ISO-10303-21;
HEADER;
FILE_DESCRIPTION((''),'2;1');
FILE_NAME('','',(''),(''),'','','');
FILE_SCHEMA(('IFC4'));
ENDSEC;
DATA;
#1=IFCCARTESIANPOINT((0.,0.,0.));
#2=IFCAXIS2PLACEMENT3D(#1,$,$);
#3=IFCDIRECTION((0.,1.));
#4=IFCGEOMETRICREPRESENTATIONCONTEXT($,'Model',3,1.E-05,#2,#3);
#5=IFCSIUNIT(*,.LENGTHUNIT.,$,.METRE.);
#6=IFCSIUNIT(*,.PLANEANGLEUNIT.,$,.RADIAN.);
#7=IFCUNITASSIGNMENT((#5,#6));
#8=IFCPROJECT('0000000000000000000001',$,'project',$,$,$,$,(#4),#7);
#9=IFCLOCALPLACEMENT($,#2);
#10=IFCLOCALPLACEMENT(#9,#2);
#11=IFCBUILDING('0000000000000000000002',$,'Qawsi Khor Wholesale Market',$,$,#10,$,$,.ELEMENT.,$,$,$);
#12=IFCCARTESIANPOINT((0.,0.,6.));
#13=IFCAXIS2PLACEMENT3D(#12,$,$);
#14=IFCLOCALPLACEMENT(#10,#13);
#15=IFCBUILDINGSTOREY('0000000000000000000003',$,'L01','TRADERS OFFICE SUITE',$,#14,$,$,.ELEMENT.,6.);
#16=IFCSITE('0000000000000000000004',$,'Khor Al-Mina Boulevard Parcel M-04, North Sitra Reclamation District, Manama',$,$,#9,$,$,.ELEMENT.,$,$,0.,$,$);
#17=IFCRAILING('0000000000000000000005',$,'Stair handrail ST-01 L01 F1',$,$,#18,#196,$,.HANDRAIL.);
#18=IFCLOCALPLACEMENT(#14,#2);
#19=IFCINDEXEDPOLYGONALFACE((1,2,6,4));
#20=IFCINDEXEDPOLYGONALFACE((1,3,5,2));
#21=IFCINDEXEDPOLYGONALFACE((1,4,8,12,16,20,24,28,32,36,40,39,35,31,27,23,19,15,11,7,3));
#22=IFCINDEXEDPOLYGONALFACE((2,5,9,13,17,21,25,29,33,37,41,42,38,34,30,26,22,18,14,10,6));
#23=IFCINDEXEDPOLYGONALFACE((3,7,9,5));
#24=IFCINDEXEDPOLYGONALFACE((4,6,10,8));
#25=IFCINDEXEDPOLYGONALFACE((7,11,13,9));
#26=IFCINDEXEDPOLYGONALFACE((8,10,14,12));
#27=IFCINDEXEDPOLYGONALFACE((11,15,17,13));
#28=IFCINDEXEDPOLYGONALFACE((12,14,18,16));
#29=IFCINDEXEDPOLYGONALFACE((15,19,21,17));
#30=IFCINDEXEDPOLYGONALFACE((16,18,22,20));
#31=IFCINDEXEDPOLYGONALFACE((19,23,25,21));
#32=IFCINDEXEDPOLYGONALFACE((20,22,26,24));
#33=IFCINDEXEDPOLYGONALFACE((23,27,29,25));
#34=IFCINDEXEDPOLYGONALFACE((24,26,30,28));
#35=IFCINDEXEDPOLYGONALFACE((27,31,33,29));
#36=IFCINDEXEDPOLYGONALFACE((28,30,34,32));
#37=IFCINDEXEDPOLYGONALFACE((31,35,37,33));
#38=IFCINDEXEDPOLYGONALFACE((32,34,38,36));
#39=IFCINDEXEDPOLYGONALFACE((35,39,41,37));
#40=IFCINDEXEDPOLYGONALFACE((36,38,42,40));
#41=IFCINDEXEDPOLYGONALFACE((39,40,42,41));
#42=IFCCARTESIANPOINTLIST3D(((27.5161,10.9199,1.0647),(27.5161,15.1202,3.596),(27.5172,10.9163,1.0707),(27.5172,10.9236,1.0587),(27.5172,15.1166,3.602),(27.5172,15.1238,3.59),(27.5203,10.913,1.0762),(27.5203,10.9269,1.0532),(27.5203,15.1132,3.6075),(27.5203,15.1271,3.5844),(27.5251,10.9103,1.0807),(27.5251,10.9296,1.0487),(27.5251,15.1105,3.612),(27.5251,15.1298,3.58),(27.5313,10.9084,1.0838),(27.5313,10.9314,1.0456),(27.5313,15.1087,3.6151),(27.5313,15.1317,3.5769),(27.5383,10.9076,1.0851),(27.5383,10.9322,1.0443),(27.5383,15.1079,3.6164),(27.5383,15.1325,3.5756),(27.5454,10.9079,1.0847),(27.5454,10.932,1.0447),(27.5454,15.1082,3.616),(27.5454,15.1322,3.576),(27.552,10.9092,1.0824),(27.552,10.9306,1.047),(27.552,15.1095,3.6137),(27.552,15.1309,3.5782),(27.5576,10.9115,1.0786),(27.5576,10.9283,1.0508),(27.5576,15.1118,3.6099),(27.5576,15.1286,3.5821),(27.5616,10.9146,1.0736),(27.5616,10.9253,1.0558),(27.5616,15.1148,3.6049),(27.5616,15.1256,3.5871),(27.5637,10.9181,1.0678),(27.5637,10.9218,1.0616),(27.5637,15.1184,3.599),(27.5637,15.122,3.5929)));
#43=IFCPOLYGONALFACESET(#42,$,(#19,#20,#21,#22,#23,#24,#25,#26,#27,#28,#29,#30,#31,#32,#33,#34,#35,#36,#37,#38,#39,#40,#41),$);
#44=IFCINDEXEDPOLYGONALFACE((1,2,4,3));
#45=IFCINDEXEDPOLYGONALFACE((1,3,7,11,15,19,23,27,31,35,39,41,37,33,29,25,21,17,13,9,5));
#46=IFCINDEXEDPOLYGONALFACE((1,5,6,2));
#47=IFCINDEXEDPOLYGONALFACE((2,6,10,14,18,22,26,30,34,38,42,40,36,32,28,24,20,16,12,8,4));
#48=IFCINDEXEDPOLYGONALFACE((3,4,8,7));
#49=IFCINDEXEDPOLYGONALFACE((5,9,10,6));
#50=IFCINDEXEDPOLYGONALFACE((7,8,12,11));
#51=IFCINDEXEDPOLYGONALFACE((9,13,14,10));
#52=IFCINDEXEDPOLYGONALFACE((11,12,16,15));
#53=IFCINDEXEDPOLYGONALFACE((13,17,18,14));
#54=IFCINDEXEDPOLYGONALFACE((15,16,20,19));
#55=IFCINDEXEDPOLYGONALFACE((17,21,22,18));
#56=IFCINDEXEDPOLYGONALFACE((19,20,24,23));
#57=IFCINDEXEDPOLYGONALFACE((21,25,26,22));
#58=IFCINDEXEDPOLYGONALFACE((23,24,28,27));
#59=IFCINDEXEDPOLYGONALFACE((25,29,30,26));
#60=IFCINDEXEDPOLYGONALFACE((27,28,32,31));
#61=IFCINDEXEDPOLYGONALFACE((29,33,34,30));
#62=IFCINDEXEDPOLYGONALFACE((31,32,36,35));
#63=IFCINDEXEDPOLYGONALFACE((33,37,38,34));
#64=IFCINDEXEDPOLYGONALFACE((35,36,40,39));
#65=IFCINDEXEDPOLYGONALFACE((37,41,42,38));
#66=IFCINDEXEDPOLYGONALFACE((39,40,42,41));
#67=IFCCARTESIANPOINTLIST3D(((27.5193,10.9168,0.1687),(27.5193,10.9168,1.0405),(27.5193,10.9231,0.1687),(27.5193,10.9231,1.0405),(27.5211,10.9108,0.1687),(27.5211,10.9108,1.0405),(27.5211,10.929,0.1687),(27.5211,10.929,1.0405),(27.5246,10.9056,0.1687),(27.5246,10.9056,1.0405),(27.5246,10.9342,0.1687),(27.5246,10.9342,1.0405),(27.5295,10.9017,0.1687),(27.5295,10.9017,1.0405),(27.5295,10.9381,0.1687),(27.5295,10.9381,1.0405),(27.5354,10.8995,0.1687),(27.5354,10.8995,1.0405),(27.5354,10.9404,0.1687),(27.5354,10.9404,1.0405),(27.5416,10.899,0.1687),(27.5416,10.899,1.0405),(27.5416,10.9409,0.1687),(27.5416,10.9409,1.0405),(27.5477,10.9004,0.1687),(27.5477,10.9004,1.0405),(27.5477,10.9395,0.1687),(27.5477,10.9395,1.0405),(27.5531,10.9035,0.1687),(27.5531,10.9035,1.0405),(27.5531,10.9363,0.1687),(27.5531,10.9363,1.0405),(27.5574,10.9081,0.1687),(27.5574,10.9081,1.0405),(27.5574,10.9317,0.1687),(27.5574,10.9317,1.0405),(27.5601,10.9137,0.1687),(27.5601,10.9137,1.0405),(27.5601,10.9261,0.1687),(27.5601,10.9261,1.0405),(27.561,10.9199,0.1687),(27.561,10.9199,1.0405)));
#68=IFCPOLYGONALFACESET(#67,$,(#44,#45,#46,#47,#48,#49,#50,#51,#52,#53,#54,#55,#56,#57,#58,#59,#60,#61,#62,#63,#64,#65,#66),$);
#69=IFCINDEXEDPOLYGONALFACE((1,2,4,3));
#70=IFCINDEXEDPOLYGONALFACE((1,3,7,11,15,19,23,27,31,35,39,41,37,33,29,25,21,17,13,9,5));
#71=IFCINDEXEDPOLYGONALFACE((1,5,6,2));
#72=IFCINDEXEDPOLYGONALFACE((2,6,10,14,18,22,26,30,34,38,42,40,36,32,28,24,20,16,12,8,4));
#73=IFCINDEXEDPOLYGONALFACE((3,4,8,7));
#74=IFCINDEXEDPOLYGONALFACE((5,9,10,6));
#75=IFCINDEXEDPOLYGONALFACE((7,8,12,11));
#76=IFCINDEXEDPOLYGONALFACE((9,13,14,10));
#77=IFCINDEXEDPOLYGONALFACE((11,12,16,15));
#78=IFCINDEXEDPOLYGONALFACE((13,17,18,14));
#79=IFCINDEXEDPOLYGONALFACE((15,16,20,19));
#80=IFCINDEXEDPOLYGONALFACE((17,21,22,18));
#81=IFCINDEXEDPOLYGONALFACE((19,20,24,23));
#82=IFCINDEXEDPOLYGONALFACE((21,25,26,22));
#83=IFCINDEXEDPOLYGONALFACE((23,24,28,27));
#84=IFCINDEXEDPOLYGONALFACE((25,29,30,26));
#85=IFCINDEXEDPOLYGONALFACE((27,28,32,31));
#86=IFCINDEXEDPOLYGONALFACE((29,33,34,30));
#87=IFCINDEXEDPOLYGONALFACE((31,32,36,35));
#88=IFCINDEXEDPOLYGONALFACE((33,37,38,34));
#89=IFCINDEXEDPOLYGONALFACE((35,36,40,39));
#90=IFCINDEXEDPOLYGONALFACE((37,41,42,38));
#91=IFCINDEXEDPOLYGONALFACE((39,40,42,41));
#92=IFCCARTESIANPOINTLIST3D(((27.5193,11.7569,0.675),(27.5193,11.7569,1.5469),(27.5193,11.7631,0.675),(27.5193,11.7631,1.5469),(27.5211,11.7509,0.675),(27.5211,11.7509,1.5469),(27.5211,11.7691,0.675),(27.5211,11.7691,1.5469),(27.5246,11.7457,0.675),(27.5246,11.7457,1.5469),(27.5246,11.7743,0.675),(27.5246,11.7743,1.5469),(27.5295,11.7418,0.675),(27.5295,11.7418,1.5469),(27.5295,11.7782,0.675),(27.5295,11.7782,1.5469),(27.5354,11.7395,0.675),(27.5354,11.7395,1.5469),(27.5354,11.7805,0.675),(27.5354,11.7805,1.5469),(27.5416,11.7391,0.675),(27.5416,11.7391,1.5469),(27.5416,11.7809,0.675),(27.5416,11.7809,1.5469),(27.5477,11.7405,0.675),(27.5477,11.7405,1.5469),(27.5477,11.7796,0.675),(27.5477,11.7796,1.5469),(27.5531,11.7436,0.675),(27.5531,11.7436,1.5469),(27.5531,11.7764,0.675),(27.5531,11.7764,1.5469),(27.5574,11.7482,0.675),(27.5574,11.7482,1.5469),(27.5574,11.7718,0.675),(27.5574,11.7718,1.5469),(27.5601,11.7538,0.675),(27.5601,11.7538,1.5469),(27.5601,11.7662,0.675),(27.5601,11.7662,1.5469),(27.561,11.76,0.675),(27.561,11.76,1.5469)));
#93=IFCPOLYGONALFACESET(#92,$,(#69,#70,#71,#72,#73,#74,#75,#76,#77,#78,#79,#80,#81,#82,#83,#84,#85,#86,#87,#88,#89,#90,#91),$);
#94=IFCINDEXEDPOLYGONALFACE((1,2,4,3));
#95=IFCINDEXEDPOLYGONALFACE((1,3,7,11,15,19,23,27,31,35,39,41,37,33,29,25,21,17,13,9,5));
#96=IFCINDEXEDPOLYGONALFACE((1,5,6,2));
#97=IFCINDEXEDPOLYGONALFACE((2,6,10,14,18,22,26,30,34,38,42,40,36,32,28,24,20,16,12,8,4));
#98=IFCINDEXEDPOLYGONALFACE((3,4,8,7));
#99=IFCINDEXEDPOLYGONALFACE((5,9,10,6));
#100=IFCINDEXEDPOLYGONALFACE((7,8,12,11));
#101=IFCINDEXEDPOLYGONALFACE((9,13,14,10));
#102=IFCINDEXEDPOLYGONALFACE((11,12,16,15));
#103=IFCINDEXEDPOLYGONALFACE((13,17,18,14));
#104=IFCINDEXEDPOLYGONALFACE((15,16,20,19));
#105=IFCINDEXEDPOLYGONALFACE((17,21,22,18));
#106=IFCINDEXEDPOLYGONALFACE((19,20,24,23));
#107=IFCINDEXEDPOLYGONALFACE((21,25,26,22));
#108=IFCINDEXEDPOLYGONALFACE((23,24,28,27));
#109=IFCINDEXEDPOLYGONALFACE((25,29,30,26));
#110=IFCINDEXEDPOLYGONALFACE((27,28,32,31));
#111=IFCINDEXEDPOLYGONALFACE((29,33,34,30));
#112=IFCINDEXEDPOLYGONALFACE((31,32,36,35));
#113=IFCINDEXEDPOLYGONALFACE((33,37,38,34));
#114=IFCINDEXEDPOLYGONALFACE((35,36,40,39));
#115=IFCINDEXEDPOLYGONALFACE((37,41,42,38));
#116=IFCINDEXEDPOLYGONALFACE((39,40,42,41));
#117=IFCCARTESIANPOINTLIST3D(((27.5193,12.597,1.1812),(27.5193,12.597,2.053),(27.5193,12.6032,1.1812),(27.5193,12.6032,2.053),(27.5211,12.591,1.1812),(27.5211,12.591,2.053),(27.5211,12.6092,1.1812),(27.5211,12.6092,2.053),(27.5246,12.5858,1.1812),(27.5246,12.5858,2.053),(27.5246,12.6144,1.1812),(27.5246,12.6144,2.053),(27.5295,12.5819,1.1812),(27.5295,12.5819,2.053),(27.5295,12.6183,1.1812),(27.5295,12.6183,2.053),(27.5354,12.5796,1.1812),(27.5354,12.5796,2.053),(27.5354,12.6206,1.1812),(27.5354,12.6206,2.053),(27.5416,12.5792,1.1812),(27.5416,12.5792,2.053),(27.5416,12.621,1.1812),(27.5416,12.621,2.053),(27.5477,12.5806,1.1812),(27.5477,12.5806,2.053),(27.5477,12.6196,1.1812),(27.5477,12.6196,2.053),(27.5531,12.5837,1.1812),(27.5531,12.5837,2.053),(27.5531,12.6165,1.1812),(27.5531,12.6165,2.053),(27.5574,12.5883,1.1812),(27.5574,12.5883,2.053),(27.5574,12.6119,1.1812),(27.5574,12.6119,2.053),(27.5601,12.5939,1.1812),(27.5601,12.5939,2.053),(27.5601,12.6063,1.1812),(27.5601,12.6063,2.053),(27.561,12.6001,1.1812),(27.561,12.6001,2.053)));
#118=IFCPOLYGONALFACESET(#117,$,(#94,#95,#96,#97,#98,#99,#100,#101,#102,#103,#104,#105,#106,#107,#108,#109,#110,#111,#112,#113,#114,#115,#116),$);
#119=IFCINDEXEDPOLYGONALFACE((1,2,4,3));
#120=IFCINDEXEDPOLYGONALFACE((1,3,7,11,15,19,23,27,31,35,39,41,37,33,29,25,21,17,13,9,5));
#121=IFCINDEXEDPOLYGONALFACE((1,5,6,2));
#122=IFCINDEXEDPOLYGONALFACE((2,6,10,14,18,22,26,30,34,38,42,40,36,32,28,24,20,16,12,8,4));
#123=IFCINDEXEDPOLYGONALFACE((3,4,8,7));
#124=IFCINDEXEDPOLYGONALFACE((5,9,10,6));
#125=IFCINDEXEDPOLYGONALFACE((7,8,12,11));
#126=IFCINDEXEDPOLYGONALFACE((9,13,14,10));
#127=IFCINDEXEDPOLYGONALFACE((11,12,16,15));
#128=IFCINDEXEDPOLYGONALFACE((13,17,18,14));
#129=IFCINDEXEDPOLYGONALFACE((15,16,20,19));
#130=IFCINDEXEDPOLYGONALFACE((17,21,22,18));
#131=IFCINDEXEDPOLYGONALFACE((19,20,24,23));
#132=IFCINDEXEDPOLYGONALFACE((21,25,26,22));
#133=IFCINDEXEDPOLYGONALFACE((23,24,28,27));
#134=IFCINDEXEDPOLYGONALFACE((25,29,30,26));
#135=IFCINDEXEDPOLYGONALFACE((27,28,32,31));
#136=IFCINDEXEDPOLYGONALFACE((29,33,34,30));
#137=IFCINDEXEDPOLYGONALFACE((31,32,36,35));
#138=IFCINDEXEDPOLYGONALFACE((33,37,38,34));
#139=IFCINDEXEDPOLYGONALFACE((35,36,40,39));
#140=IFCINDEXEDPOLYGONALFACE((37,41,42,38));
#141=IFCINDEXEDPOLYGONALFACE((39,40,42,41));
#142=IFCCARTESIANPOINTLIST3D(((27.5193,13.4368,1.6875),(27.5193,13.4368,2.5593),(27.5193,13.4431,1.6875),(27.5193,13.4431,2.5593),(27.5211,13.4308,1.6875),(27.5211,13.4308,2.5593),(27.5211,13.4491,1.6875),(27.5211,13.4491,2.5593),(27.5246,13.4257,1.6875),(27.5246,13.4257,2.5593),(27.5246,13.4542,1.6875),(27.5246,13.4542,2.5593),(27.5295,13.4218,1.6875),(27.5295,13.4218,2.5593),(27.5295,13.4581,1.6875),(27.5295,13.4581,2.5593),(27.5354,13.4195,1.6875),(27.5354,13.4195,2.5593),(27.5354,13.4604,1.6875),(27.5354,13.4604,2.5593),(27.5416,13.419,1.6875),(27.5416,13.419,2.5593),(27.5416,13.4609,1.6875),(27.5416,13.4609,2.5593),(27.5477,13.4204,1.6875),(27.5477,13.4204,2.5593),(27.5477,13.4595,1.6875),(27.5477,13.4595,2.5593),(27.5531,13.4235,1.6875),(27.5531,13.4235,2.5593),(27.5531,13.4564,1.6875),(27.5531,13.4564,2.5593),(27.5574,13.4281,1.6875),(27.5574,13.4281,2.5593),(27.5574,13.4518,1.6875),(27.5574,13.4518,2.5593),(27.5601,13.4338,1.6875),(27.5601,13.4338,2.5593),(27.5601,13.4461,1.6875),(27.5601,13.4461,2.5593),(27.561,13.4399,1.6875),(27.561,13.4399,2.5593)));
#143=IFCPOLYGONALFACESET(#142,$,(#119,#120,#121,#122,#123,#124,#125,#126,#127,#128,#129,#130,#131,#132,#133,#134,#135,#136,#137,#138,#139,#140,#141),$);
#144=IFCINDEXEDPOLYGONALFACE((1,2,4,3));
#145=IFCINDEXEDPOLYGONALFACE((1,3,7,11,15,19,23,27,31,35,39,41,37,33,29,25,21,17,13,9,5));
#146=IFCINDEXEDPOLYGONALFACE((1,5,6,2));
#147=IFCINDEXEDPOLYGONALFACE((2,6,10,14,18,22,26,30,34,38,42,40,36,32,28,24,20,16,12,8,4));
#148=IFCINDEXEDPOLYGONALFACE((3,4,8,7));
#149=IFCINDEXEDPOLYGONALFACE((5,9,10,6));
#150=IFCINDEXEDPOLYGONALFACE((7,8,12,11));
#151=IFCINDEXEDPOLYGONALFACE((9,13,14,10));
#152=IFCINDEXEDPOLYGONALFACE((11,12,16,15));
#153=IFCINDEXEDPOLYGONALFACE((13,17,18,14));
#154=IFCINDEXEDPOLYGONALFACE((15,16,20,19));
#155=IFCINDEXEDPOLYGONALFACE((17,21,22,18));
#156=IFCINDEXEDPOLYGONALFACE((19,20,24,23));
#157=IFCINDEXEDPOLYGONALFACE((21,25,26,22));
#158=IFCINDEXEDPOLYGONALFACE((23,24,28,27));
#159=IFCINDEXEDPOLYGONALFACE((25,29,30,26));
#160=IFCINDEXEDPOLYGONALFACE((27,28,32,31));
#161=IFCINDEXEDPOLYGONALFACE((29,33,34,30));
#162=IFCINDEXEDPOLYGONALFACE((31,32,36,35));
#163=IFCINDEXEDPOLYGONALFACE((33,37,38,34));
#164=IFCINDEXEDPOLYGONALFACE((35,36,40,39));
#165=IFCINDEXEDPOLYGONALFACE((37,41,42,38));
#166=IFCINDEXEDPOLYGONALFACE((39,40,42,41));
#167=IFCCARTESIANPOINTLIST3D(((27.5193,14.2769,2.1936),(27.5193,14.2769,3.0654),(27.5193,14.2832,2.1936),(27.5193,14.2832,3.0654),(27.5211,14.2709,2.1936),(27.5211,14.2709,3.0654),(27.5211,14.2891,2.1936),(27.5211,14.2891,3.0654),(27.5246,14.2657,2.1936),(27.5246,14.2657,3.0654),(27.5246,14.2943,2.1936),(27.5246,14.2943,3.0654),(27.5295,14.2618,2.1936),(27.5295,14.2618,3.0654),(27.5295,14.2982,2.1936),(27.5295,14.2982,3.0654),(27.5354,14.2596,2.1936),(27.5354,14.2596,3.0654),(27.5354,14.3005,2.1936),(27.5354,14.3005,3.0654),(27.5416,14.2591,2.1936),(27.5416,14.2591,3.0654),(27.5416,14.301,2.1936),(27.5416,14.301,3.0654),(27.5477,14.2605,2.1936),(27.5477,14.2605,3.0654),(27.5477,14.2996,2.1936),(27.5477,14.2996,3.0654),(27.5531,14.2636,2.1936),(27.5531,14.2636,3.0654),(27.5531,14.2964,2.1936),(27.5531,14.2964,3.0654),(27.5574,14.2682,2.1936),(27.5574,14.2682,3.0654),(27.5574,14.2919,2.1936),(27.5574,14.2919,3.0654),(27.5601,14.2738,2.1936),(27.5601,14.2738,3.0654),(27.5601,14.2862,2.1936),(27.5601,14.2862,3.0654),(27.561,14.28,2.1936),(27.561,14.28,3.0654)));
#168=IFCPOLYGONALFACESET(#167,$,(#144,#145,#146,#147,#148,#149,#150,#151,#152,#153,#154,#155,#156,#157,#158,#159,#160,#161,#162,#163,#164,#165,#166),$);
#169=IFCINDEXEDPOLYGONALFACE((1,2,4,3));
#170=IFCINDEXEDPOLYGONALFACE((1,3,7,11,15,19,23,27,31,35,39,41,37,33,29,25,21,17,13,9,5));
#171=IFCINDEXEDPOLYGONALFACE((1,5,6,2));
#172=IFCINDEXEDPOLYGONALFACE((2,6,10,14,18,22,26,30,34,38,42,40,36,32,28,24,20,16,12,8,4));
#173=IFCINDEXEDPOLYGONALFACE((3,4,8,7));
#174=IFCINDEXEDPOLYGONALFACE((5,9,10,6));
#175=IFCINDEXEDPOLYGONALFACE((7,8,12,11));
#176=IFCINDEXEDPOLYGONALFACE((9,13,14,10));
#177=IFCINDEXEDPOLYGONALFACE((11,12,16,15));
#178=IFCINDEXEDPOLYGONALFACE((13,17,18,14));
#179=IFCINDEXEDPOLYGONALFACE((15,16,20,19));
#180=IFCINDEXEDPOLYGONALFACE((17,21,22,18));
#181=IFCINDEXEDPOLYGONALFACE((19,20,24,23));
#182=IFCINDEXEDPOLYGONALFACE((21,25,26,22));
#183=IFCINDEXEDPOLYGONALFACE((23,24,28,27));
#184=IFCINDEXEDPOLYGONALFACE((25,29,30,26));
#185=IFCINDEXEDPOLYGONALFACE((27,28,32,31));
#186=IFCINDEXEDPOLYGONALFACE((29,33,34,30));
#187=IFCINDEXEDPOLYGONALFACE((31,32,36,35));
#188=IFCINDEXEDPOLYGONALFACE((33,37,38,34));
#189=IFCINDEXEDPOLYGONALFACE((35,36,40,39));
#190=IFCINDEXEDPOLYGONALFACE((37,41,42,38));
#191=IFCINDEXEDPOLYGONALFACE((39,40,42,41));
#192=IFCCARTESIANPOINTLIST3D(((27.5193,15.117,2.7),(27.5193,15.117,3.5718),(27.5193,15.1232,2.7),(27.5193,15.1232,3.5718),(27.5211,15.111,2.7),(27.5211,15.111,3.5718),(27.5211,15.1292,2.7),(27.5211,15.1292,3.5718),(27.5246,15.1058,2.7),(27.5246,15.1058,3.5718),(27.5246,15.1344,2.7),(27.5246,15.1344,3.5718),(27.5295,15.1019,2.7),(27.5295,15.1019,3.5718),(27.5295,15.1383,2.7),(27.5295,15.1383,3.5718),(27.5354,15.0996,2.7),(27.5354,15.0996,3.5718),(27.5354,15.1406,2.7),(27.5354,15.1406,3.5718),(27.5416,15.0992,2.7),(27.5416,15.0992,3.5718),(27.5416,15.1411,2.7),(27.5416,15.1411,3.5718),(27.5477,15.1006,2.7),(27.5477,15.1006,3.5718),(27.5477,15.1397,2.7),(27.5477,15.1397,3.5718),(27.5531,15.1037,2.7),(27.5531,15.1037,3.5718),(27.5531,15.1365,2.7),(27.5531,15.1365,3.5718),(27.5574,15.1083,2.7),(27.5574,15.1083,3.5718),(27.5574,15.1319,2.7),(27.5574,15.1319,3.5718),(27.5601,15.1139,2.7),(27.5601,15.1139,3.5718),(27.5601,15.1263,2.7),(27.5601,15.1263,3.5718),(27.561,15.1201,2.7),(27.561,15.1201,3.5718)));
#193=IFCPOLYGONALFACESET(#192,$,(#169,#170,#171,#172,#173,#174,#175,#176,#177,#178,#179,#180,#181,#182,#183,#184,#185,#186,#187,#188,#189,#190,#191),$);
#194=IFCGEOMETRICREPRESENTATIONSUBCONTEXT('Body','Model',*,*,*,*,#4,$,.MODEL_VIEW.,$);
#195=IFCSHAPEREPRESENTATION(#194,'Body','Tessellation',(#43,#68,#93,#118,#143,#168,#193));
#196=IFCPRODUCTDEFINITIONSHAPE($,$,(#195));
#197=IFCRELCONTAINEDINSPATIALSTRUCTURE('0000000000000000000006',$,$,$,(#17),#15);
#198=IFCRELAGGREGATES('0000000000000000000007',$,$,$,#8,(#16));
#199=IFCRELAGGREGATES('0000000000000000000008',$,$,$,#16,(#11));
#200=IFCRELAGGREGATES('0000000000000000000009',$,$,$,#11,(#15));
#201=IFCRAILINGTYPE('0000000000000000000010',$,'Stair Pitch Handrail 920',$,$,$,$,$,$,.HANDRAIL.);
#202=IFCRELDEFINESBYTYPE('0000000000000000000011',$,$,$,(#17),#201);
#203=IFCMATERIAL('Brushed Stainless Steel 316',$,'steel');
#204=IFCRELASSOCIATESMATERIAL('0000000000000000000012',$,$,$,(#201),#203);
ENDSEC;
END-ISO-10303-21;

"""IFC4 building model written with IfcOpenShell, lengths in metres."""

from ifc_helpers import new_model, si_unit, direction, frame, origin, origin_2d, place, context, subcontext, project, spatial, circle, extrude, material, type_object, element, save


model = new_model("IFC4")

# Units and contexts
model_context = context("Model", 3, precision=1e-05, world=origin(), true_north=direction((0.0, 1.0)))
body_context = subcontext(model_context, "Body", "Model", "MODEL_VIEW")
ifc_project = project(units=[si_unit("LENGTHUNIT", "METRE"), si_unit("PLANEANGLEUNIT", "RADIAN")], contexts=[model_context])

# Site, building, storey
site_placement = place(None, origin())
site = spatial("IfcSite", under=ifc_project, at=site_placement, Name="Khor Al-Mina Boulevard Parcel M-04, North Sitra Reclamation District, Manama", CompositionType="ELEMENT", RefElevation=0.0)
building_placement = place(site_placement, origin())
building = spatial("IfcBuilding", under=site, at=building_placement, Name="Qawsi Khor Wholesale Market", CompositionType="ELEMENT")
storey_placement = place(building_placement, frame((0.0, 0.0, 6.0)))
storey = spatial("IfcBuildingStorey", under=building, at=storey_placement, Name="L01", Description="TRADERS OFFICE SUITE", CompositionType="ELEMENT", Elevation=6.0)

# Railing
ifc_material_1 = material(Name="Brushed Stainless Steel 316", Category="steel")
railing_type_1 = type_object("IfcRailingType", Name="Stair Pitch Handrail 920", PredefinedType="HANDRAIL", material=ifc_material_1)
railing_1_placement = place(storey_placement, frame((27.54, 10.9199, 0.1687)))
element("IfcRailing", 1, at=railing_1_placement, inside=storey, type_object=railing_type_1, Name="Stair handrail ST-01 L01 F1", PredefinedType="HANDRAIL", context=body_context, shape_type="SweptSolid", body=[
    extrude(circle(Radius=0.0239, at=origin_2d()), frame((0.0, 0.0, 0.896), z_axis=(0.0, 0.85649, 0.516164), x_axis=(-1.0, 0.0, 0.0)), (0.0, 0.0, 1.0), 4.9041),
    extrude(circle(Radius=0.021, at=origin_2d()), origin(), (0.0, 0.0, 1.0), 0.8718),
    extrude(circle(Radius=0.021, at=origin_2d()), frame((0.0, 0.8401, 0.5063)), (0.0, 0.0, 1.0), 0.8718),
    extrude(circle(Radius=0.021, at=origin_2d()), frame((0.0, 1.6802, 1.0125)), (0.0, 0.0, 1.0), 0.8718),
    extrude(circle(Radius=0.021, at=origin_2d()), frame((0.0, 2.52, 1.5188)), (0.0, 0.0, 1.0), 0.8718),
    extrude(circle(Radius=0.021, at=origin_2d()), frame((0.0, 3.3601, 2.0249)), (0.0, 0.0, 1.0), 0.8718),
    extrude(circle(Radius=0.021, at=origin_2d()), frame((0.0, 4.2002, 2.5312)), (0.0, 0.0, 1.0), 0.8718),
])

save(model, "model.ifc")
